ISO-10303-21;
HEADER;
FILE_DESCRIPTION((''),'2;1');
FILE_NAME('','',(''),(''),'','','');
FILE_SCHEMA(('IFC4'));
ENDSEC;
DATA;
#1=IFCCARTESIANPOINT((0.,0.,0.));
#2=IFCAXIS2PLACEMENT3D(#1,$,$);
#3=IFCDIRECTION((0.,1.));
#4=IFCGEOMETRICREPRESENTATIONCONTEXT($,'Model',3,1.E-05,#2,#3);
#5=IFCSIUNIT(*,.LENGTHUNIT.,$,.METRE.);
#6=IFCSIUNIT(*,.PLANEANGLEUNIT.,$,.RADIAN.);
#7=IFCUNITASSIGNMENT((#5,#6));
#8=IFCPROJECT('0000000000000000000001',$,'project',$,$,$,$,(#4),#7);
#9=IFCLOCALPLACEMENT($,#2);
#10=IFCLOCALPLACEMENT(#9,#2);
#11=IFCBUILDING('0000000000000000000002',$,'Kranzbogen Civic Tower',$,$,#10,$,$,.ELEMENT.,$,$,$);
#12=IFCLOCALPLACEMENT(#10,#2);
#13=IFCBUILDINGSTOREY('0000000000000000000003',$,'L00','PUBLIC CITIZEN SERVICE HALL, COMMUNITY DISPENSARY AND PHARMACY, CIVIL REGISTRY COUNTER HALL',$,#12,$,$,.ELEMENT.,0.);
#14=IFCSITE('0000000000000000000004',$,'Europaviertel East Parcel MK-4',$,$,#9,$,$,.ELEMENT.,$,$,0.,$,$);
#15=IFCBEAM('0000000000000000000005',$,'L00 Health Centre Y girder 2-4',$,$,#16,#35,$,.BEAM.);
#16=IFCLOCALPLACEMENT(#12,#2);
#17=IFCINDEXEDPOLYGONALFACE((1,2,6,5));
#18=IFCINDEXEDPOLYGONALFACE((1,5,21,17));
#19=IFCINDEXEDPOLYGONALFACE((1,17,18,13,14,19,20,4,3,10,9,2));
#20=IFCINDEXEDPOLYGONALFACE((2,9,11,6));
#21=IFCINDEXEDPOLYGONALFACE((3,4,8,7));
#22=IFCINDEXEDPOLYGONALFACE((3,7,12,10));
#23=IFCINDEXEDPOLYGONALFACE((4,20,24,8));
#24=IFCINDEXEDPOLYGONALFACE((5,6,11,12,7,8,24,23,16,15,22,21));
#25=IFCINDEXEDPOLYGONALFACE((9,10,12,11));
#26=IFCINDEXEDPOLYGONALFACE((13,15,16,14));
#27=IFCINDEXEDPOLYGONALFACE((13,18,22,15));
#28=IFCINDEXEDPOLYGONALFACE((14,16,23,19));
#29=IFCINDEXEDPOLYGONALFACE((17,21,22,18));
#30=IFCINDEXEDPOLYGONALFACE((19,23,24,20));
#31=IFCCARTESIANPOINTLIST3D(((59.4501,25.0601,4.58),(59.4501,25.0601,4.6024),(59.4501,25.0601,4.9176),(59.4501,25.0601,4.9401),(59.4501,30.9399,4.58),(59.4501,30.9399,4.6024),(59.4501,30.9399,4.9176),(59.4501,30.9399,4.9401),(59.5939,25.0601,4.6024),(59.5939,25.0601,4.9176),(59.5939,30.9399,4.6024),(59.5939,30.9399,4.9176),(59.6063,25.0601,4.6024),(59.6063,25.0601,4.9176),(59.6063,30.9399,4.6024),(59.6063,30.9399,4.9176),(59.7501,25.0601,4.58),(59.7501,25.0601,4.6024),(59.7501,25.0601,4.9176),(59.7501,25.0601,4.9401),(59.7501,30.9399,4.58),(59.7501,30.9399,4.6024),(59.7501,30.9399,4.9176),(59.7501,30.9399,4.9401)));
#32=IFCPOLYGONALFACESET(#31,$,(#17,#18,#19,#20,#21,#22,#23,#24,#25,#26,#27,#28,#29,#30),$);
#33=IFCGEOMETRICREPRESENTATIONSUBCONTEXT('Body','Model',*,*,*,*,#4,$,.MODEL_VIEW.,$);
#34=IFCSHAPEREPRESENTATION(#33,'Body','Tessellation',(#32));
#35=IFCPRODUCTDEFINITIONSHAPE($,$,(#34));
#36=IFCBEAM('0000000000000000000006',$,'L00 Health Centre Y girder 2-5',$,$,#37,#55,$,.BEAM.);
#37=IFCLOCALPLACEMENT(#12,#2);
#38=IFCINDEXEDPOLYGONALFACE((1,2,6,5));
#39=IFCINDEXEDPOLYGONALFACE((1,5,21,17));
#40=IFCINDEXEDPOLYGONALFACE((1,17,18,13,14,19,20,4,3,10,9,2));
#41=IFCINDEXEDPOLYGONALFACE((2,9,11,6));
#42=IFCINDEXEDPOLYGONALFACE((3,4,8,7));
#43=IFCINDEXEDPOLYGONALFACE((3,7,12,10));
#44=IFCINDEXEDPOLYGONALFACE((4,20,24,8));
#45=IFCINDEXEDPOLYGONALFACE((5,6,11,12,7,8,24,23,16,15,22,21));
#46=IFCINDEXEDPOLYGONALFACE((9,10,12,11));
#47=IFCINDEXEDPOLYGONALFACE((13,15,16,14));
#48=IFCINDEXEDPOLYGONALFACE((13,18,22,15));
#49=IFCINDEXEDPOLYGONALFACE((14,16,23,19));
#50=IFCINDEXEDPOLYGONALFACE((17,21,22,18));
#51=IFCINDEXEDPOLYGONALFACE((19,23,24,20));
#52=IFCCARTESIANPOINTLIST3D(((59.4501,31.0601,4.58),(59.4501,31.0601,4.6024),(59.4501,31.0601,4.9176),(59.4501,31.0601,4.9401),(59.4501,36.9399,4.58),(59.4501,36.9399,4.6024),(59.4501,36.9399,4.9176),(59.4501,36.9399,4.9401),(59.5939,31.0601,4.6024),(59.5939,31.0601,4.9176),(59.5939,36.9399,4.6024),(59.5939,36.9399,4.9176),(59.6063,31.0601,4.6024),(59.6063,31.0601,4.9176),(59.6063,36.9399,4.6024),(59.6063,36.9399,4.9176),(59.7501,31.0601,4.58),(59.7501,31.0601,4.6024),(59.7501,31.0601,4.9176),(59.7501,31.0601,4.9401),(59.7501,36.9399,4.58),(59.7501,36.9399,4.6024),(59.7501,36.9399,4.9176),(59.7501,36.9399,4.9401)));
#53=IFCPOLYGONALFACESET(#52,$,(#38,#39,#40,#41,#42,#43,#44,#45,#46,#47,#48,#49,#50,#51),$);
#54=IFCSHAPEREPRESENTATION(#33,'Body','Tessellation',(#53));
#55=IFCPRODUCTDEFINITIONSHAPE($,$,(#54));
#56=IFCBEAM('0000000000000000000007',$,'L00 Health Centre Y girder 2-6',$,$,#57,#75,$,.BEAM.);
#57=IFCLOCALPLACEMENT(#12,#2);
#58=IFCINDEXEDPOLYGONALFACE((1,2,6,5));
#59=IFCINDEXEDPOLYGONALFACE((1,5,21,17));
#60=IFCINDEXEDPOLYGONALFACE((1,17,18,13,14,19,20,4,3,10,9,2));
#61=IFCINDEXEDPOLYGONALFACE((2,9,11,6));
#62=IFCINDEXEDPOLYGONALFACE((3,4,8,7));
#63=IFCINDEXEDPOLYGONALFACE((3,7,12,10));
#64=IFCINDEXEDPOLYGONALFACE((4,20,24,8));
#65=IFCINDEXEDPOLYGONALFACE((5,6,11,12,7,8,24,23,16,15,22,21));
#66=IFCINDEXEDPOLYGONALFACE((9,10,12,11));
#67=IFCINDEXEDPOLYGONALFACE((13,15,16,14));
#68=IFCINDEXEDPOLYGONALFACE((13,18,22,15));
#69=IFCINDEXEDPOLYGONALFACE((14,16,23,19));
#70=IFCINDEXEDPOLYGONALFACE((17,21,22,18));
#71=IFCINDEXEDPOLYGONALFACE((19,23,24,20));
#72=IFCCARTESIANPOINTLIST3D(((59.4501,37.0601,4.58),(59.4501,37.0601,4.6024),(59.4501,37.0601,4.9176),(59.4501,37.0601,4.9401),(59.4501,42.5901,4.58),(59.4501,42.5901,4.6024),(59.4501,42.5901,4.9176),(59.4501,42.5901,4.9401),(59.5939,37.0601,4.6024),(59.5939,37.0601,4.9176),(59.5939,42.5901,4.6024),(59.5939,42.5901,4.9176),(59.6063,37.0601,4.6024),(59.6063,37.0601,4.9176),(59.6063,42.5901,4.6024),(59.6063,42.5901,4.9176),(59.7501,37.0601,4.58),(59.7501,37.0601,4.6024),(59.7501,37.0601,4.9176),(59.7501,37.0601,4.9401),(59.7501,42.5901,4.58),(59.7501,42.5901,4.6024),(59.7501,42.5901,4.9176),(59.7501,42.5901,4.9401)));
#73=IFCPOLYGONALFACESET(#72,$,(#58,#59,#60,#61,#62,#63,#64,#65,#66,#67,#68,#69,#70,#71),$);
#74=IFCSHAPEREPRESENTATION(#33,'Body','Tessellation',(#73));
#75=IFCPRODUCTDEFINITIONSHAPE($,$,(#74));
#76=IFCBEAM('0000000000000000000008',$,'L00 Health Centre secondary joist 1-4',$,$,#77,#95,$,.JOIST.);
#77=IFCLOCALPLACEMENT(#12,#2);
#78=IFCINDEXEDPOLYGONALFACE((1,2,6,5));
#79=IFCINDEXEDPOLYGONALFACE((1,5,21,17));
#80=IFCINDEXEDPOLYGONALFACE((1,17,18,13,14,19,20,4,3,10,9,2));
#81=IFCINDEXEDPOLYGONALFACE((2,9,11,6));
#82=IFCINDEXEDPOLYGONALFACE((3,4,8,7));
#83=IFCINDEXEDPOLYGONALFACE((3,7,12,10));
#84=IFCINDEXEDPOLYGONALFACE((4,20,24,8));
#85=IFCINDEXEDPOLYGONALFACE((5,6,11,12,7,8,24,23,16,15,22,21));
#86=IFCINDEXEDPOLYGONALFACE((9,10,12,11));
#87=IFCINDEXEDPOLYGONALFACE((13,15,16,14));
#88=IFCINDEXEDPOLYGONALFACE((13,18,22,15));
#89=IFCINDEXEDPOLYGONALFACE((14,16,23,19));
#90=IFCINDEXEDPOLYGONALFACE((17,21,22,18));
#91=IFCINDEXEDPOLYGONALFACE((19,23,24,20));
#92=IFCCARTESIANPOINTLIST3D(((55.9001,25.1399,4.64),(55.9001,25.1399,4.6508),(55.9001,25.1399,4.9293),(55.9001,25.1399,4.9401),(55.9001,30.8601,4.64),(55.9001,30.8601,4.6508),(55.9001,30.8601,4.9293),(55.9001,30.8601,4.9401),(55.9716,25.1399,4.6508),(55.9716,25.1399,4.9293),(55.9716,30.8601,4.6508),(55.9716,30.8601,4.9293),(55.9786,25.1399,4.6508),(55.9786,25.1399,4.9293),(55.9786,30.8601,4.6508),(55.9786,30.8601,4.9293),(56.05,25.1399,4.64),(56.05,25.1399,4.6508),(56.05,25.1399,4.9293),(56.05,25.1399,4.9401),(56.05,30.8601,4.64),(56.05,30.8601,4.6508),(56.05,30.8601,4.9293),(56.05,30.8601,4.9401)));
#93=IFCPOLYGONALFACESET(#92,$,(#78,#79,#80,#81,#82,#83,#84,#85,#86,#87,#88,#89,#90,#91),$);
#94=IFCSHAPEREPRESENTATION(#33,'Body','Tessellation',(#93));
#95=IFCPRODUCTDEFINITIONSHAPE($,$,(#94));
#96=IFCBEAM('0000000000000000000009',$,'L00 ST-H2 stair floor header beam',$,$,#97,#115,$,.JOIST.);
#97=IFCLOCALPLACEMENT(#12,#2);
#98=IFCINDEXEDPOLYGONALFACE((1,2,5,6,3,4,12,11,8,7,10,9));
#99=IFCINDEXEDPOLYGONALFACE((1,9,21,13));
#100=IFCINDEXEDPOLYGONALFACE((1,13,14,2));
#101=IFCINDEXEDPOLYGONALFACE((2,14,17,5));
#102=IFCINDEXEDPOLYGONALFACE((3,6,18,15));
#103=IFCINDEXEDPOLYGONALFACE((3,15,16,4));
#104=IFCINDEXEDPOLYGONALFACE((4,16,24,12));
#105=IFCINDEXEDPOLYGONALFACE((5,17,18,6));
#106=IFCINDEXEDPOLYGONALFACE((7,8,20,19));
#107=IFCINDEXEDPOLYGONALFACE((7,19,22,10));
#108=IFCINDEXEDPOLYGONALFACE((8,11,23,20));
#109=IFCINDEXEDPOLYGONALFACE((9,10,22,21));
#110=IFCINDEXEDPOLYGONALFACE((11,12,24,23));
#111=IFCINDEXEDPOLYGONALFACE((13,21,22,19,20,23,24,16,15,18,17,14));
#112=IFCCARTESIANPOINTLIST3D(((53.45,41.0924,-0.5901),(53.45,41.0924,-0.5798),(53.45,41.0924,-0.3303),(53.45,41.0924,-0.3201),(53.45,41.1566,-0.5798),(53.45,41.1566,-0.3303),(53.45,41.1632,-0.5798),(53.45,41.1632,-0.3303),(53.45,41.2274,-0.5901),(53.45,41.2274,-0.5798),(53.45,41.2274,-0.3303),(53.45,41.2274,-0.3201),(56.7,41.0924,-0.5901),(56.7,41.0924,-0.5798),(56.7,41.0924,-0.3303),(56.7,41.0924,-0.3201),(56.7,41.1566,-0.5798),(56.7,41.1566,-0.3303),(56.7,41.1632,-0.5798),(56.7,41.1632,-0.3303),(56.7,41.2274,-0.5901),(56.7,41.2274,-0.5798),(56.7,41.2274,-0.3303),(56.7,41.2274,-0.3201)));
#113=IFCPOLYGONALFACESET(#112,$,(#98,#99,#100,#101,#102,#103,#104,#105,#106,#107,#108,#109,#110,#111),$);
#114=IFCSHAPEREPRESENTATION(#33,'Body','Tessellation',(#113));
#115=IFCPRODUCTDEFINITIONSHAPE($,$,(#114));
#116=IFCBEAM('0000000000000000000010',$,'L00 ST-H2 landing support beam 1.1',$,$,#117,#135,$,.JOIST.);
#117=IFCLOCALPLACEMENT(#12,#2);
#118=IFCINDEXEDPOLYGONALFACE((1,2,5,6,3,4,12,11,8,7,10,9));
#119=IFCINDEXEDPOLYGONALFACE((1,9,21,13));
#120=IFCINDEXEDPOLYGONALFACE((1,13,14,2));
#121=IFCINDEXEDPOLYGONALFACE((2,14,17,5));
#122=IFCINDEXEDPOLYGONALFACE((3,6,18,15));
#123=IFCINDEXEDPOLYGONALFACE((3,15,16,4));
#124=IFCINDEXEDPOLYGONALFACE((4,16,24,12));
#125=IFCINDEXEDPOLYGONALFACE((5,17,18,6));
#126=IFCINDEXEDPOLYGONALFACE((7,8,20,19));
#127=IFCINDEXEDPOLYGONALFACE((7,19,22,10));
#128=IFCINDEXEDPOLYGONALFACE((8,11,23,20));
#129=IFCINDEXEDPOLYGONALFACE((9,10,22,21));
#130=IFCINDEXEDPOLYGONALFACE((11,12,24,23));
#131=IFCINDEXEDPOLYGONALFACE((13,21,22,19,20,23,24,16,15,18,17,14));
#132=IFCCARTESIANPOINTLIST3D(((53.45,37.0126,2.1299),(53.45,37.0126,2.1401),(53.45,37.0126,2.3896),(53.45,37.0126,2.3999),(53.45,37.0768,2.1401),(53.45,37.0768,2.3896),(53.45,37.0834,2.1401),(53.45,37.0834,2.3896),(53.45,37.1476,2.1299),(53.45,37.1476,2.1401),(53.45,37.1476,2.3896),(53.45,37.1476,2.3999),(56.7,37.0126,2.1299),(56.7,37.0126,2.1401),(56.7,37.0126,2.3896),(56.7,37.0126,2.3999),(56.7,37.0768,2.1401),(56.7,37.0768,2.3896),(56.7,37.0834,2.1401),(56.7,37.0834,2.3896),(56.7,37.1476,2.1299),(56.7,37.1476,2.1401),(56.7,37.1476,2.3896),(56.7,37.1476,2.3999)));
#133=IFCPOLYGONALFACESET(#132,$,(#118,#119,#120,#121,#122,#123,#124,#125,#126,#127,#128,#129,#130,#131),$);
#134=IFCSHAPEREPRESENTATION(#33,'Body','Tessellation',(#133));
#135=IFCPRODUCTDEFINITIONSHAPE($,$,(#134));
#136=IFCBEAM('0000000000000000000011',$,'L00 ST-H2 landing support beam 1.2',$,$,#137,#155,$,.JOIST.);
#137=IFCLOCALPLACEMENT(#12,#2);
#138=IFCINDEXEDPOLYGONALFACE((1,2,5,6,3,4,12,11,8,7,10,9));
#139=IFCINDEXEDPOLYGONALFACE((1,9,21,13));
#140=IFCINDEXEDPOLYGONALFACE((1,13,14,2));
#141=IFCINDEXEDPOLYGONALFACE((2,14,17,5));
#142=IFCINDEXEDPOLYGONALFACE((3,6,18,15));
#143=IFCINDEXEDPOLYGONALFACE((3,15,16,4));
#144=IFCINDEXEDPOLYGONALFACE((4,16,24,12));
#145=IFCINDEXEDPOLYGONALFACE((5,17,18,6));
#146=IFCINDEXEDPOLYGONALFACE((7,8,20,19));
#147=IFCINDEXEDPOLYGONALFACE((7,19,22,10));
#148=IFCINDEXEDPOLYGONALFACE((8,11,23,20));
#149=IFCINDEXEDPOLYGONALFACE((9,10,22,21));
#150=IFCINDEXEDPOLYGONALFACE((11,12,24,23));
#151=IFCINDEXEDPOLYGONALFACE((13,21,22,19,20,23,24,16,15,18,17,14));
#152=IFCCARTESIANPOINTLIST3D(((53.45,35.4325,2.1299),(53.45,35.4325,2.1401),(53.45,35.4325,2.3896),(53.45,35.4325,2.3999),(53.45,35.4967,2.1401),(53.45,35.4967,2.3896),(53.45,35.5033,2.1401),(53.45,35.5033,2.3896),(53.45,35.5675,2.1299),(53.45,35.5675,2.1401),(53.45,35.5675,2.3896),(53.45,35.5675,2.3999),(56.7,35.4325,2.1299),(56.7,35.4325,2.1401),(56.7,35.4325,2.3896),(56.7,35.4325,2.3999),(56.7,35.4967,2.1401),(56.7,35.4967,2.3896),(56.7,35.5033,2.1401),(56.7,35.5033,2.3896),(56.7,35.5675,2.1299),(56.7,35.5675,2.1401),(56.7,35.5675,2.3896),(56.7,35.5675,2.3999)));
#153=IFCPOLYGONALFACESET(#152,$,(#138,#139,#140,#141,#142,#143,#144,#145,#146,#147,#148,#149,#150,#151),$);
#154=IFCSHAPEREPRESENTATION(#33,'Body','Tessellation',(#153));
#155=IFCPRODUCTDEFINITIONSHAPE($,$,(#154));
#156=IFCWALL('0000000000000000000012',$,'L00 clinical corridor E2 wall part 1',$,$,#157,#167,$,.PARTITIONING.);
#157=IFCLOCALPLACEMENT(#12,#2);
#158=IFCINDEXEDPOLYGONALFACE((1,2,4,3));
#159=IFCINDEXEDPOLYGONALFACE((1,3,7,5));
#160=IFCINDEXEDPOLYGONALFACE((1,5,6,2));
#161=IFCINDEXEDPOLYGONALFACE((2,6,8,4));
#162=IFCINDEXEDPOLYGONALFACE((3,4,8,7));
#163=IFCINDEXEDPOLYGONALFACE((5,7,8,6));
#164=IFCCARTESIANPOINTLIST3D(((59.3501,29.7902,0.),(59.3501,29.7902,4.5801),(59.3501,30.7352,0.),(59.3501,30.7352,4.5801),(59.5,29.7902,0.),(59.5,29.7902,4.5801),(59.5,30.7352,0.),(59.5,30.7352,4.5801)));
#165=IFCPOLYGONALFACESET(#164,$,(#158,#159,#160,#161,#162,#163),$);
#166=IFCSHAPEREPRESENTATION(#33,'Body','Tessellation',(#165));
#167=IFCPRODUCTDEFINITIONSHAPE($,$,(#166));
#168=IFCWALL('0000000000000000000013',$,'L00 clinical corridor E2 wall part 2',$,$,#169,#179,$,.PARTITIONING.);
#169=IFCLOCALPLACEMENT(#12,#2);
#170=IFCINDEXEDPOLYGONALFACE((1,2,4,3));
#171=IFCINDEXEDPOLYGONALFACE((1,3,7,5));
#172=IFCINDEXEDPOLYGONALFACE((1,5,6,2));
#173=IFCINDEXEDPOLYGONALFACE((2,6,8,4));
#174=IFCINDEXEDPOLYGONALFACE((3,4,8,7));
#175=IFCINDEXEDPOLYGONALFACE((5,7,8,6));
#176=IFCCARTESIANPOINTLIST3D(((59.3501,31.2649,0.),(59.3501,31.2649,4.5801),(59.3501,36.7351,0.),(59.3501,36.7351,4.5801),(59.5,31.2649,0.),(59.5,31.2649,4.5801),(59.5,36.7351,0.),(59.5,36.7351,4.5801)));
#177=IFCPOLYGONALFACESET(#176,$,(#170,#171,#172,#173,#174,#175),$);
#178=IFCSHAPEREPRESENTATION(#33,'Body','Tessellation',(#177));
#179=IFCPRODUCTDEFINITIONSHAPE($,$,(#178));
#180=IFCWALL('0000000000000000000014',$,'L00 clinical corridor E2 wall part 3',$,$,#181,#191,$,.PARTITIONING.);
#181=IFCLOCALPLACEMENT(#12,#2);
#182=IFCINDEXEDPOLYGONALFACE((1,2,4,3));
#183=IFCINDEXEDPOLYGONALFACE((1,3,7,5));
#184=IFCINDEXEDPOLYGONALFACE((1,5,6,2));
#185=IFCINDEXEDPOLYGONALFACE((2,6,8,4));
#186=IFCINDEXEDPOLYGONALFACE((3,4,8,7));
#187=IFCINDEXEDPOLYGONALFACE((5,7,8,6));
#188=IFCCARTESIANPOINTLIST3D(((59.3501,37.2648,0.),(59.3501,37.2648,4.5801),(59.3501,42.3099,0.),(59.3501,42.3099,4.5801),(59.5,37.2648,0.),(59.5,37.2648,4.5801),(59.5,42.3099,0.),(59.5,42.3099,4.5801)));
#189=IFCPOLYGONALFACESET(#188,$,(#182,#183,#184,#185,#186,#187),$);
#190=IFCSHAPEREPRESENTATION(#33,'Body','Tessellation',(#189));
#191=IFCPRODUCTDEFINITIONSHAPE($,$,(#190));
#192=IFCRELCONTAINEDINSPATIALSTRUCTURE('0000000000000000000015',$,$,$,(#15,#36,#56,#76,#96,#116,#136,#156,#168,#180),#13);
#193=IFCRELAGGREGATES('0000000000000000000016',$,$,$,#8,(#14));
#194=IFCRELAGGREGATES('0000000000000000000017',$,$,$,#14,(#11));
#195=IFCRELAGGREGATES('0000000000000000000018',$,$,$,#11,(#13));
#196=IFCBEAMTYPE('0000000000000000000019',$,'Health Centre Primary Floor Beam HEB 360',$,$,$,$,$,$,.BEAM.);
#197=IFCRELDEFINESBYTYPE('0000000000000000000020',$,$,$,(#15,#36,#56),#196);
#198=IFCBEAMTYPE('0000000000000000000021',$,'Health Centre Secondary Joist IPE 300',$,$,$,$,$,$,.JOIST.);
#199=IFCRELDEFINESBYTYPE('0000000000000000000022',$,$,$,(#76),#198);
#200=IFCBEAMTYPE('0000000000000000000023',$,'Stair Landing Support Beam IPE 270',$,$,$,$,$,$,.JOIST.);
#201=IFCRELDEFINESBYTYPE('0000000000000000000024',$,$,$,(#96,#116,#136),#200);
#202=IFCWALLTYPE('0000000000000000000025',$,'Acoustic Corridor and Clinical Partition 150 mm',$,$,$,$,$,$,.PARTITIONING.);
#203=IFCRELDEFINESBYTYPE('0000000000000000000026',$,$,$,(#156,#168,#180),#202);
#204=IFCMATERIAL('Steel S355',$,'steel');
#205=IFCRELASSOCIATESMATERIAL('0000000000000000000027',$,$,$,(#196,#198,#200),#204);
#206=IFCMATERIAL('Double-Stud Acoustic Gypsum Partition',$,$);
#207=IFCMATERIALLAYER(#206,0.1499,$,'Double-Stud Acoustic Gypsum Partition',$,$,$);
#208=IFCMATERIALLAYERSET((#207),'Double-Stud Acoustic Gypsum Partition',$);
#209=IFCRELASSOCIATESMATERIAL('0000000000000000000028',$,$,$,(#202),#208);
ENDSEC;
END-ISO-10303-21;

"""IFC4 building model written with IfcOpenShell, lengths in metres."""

from ifc_helpers import new_model, si_unit, direction, frame, frame_2d, origin, origin_2d, place, context, subcontext, project, spatial, rectangle, i_section, extrude, material, layer, layer_set, material_profile, profile_set, type_object, element, save


model = new_model("IFC4")

# Units and contexts
model_context = context("Model", 3, precision=1e-05, world=origin(), true_north=direction((0.0, 1.0)))
body_context = subcontext(model_context, "Body", "Model", "MODEL_VIEW")
ifc_project = project(units=[si_unit("LENGTHUNIT", "METRE"), si_unit("PLANEANGLEUNIT", "RADIAN")], contexts=[model_context])

# Site, building, storey
site_placement = place(None, origin())
site = spatial("IfcSite", under=ifc_project, at=site_placement, Name="Europaviertel East Parcel MK-4", CompositionType="ELEMENT", RefElevation=0.0)
building_placement = place(site_placement, origin())
building = spatial("IfcBuilding", under=site, at=building_placement, Name="Kranzbogen Civic Tower", CompositionType="ELEMENT")
storey_placement = place(building_placement, origin())
storey = spatial("IfcBuildingStorey", under=building, at=storey_placement, Name="L00", Description="PUBLIC CITIZEN SERVICE HALL, COMMUNITY DISPENSARY AND PHARMACY, CIVIL REGISTRY COUNTER HALL", CompositionType="ELEMENT", Elevation=0.0)

# Shared definitions
ifc_material_1 = material(Name="Steel S355", Category="steel")

# Beams
ifc_material_profile_1 = material_profile(ifc_material_1, i_section(OverallWidth=0.3, OverallDepth=0.3601, WebThickness=0.0125, FlangeThickness=0.0225, at=origin_2d()), Name="HEB 360")
ifc_profile_set_1 = profile_set([ifc_material_profile_1], Name="Steel S355")
beam_type_1 = type_object("IfcBeamType", Name="Health Centre Primary Floor Beam HEB 360", PredefinedType="BEAM", material=ifc_profile_set_1)
for number, where, z_axis, x_axis, name in (
    (1, (59.6001, 25.0601, 4.76), (0.0, 1.0, 0.0), (-1.0, 0.0, 0.0), "L00 Health Centre Y girder 2-4"),
    (2, (59.6001, 31.0601, 4.76), (0.0, 1.0, 0.0), (-1.0, 0.0, 0.0), "L00 Health Centre Y girder 2-5"),
):
    element("IfcBeam", number, at=place(storey_placement, frame(where, z_axis=z_axis, x_axis=x_axis)), inside=storey, type_object=beam_type_1, Name=name, PredefinedType="BEAM", context=body_context, shape_type="SweptSolid", body=[
        extrude(i_section(OverallWidth=0.3, OverallDepth=0.3601, WebThickness=0.0125, FlangeThickness=0.0225, at=origin_2d()), origin(), (0.0, 0.0, 1.0), 5.8799),
    ])
beam_1_placement = place(storey_placement, frame((59.6001, 37.0601, 4.76), z_axis=(0.0, 1.0, 0.0), x_axis=(-1.0, 0.0, 0.0)))
element("IfcBeam", 3, at=beam_1_placement, inside=storey, type_object=beam_type_1, Name="L00 Health Centre Y girder 2-6", PredefinedType="BEAM", context=body_context, shape_type="SweptSolid", body=[
    extrude(i_section(OverallWidth=0.3, OverallDepth=0.3601, WebThickness=0.0125, FlangeThickness=0.0225, at=origin_2d()), origin(), (0.0, 0.0, 1.0), 5.53),
])
ifc_material_profile_2 = material_profile(ifc_material_1, i_section(OverallWidth=0.1499, OverallDepth=0.3, WebThickness=0.0071, FlangeThickness=0.0107, at=origin_2d()), Name="IPE 300")
ifc_profile_set_2 = profile_set([ifc_material_profile_2], Name="Steel S355")
beam_type_2 = type_object("IfcBeamType", Name="Health Centre Secondary Joist IPE 300", PredefinedType="JOIST", material=ifc_profile_set_2)
beam_2_placement = place(storey_placement, frame((55.9751, 25.1399, 4.79), z_axis=(0.0, 1.0, 0.0), x_axis=(-1.0, 0.0, 0.0)))
element("IfcBeam", 4, at=beam_2_placement, inside=storey, type_object=beam_type_2, Name="L00 Health Centre secondary joist 1-4", PredefinedType="JOIST", context=body_context, shape_type="SweptSolid", body=[
    extrude(i_section(OverallWidth=0.1499, OverallDepth=0.3, WebThickness=0.0071, FlangeThickness=0.0107, at=origin_2d()), origin(), (0.0, 0.0, 1.0), 5.7202),
])
ifc_material_profile_3 = material_profile(ifc_material_1, i_section(OverallWidth=0.135, OverallDepth=0.27, WebThickness=0.0066, FlangeThickness=0.0103, at=origin_2d()), Name="IPE 270")
ifc_profile_set_3 = profile_set([ifc_material_profile_3], Name="Steel S355")
beam_type_3 = type_object("IfcBeamType", Name="Stair Landing Support Beam IPE 270", PredefinedType="JOIST", material=ifc_profile_set_3)
for number, where, z_axis, x_axis, name in (
    (5, (53.45, 41.1599, -0.4551), (1.0, 0.0, 0.0), (0.0, 1.0, 0.0), "L00 ST-H2 stair floor header beam"),
    (6, (53.45, 37.0801, 2.2649), (1.0, 0.0, 0.0), (0.0, 1.0, 0.0), "L00 ST-H2 landing support beam 1.1"),
    (7, (53.45, 35.5, 2.2649), (1.0, 0.0, 0.0), (0.0, 1.0, 0.0), "L00 ST-H2 landing support beam 1.2"),
):
    element("IfcBeam", number, at=place(storey_placement, frame(where, z_axis=z_axis, x_axis=x_axis)), inside=storey, type_object=beam_type_3, Name=name, PredefinedType="JOIST", context=body_context, shape_type="SweptSolid", body=[
        extrude(i_section(OverallWidth=0.135, OverallDepth=0.27, WebThickness=0.0066, FlangeThickness=0.0103, at=origin_2d()), origin(), (0.0, 0.0, 1.0), 3.25),
    ])

# Walls
ifc_material_2 = material(Name="Double-Stud Acoustic Gypsum Partition")
ifc_layer_1 = layer(ifc_material_2, 0.1499, Name="Double-Stud Acoustic Gypsum Partition")
ifc_layer_set_1 = layer_set([ifc_layer_1], Name="Double-Stud Acoustic Gypsum Partition")
wall_type_1 = type_object("IfcWallType", Name="Acoustic Corridor and Clinical Partition 150 mm", PredefinedType="PARTITIONING", material=ifc_layer_set_1)
wall_1_placement = place(storey_placement, frame((59.425, 29.79, 0.0), z_axis=(0.0, 0.0, 1.0), x_axis=(0.0, 1.0, 0.0)))
element("IfcWall", 8, at=wall_1_placement, inside=storey, type_object=wall_type_1, Name="L00 clinical corridor E2 wall part 1", PredefinedType="PARTITIONING", context=body_context, shape_type="SweptSolid", body=[
    extrude(rectangle(XDim=0.9451, YDim=0.1499, at=frame_2d((0.4727, 0.0))), origin(), (0.0, 0.0, 1.0), 4.5801),
])
wall_2_placement = place(storey_placement, frame((59.425, 31.2649, 0.0), z_axis=(0.0, 0.0, 1.0), x_axis=(0.0, 1.0, 0.0)))
element("IfcWall", 9, at=wall_2_placement, inside=storey, type_object=wall_type_1, Name="L00 clinical corridor E2 wall part 2", PredefinedType="PARTITIONING", context=body_context, shape_type="SweptSolid", body=[
    extrude(rectangle(XDim=5.4702, YDim=0.1499, at=frame_2d((2.7351, 0.0))), origin(), (0.0, 0.0, 1.0), 4.5801),
])
wall_3_placement = place(storey_placement, frame((59.425, 37.2649, 0.0), z_axis=(0.0, 0.0, 1.0), x_axis=(0.0, 1.0, 0.0)))
element("IfcWall", 10, at=wall_3_placement, inside=storey, type_object=wall_type_1, Name="L00 clinical corridor E2 wall part 3", PredefinedType="PARTITIONING", context=body_context, shape_type="SweptSolid", body=[
    extrude(rectangle(XDim=5.0452, YDim=0.1499, at=frame_2d((2.5225, 0.0))), origin(), (0.0, 0.0, 1.0), 4.5801),
])

save(model, "model.ifc")
